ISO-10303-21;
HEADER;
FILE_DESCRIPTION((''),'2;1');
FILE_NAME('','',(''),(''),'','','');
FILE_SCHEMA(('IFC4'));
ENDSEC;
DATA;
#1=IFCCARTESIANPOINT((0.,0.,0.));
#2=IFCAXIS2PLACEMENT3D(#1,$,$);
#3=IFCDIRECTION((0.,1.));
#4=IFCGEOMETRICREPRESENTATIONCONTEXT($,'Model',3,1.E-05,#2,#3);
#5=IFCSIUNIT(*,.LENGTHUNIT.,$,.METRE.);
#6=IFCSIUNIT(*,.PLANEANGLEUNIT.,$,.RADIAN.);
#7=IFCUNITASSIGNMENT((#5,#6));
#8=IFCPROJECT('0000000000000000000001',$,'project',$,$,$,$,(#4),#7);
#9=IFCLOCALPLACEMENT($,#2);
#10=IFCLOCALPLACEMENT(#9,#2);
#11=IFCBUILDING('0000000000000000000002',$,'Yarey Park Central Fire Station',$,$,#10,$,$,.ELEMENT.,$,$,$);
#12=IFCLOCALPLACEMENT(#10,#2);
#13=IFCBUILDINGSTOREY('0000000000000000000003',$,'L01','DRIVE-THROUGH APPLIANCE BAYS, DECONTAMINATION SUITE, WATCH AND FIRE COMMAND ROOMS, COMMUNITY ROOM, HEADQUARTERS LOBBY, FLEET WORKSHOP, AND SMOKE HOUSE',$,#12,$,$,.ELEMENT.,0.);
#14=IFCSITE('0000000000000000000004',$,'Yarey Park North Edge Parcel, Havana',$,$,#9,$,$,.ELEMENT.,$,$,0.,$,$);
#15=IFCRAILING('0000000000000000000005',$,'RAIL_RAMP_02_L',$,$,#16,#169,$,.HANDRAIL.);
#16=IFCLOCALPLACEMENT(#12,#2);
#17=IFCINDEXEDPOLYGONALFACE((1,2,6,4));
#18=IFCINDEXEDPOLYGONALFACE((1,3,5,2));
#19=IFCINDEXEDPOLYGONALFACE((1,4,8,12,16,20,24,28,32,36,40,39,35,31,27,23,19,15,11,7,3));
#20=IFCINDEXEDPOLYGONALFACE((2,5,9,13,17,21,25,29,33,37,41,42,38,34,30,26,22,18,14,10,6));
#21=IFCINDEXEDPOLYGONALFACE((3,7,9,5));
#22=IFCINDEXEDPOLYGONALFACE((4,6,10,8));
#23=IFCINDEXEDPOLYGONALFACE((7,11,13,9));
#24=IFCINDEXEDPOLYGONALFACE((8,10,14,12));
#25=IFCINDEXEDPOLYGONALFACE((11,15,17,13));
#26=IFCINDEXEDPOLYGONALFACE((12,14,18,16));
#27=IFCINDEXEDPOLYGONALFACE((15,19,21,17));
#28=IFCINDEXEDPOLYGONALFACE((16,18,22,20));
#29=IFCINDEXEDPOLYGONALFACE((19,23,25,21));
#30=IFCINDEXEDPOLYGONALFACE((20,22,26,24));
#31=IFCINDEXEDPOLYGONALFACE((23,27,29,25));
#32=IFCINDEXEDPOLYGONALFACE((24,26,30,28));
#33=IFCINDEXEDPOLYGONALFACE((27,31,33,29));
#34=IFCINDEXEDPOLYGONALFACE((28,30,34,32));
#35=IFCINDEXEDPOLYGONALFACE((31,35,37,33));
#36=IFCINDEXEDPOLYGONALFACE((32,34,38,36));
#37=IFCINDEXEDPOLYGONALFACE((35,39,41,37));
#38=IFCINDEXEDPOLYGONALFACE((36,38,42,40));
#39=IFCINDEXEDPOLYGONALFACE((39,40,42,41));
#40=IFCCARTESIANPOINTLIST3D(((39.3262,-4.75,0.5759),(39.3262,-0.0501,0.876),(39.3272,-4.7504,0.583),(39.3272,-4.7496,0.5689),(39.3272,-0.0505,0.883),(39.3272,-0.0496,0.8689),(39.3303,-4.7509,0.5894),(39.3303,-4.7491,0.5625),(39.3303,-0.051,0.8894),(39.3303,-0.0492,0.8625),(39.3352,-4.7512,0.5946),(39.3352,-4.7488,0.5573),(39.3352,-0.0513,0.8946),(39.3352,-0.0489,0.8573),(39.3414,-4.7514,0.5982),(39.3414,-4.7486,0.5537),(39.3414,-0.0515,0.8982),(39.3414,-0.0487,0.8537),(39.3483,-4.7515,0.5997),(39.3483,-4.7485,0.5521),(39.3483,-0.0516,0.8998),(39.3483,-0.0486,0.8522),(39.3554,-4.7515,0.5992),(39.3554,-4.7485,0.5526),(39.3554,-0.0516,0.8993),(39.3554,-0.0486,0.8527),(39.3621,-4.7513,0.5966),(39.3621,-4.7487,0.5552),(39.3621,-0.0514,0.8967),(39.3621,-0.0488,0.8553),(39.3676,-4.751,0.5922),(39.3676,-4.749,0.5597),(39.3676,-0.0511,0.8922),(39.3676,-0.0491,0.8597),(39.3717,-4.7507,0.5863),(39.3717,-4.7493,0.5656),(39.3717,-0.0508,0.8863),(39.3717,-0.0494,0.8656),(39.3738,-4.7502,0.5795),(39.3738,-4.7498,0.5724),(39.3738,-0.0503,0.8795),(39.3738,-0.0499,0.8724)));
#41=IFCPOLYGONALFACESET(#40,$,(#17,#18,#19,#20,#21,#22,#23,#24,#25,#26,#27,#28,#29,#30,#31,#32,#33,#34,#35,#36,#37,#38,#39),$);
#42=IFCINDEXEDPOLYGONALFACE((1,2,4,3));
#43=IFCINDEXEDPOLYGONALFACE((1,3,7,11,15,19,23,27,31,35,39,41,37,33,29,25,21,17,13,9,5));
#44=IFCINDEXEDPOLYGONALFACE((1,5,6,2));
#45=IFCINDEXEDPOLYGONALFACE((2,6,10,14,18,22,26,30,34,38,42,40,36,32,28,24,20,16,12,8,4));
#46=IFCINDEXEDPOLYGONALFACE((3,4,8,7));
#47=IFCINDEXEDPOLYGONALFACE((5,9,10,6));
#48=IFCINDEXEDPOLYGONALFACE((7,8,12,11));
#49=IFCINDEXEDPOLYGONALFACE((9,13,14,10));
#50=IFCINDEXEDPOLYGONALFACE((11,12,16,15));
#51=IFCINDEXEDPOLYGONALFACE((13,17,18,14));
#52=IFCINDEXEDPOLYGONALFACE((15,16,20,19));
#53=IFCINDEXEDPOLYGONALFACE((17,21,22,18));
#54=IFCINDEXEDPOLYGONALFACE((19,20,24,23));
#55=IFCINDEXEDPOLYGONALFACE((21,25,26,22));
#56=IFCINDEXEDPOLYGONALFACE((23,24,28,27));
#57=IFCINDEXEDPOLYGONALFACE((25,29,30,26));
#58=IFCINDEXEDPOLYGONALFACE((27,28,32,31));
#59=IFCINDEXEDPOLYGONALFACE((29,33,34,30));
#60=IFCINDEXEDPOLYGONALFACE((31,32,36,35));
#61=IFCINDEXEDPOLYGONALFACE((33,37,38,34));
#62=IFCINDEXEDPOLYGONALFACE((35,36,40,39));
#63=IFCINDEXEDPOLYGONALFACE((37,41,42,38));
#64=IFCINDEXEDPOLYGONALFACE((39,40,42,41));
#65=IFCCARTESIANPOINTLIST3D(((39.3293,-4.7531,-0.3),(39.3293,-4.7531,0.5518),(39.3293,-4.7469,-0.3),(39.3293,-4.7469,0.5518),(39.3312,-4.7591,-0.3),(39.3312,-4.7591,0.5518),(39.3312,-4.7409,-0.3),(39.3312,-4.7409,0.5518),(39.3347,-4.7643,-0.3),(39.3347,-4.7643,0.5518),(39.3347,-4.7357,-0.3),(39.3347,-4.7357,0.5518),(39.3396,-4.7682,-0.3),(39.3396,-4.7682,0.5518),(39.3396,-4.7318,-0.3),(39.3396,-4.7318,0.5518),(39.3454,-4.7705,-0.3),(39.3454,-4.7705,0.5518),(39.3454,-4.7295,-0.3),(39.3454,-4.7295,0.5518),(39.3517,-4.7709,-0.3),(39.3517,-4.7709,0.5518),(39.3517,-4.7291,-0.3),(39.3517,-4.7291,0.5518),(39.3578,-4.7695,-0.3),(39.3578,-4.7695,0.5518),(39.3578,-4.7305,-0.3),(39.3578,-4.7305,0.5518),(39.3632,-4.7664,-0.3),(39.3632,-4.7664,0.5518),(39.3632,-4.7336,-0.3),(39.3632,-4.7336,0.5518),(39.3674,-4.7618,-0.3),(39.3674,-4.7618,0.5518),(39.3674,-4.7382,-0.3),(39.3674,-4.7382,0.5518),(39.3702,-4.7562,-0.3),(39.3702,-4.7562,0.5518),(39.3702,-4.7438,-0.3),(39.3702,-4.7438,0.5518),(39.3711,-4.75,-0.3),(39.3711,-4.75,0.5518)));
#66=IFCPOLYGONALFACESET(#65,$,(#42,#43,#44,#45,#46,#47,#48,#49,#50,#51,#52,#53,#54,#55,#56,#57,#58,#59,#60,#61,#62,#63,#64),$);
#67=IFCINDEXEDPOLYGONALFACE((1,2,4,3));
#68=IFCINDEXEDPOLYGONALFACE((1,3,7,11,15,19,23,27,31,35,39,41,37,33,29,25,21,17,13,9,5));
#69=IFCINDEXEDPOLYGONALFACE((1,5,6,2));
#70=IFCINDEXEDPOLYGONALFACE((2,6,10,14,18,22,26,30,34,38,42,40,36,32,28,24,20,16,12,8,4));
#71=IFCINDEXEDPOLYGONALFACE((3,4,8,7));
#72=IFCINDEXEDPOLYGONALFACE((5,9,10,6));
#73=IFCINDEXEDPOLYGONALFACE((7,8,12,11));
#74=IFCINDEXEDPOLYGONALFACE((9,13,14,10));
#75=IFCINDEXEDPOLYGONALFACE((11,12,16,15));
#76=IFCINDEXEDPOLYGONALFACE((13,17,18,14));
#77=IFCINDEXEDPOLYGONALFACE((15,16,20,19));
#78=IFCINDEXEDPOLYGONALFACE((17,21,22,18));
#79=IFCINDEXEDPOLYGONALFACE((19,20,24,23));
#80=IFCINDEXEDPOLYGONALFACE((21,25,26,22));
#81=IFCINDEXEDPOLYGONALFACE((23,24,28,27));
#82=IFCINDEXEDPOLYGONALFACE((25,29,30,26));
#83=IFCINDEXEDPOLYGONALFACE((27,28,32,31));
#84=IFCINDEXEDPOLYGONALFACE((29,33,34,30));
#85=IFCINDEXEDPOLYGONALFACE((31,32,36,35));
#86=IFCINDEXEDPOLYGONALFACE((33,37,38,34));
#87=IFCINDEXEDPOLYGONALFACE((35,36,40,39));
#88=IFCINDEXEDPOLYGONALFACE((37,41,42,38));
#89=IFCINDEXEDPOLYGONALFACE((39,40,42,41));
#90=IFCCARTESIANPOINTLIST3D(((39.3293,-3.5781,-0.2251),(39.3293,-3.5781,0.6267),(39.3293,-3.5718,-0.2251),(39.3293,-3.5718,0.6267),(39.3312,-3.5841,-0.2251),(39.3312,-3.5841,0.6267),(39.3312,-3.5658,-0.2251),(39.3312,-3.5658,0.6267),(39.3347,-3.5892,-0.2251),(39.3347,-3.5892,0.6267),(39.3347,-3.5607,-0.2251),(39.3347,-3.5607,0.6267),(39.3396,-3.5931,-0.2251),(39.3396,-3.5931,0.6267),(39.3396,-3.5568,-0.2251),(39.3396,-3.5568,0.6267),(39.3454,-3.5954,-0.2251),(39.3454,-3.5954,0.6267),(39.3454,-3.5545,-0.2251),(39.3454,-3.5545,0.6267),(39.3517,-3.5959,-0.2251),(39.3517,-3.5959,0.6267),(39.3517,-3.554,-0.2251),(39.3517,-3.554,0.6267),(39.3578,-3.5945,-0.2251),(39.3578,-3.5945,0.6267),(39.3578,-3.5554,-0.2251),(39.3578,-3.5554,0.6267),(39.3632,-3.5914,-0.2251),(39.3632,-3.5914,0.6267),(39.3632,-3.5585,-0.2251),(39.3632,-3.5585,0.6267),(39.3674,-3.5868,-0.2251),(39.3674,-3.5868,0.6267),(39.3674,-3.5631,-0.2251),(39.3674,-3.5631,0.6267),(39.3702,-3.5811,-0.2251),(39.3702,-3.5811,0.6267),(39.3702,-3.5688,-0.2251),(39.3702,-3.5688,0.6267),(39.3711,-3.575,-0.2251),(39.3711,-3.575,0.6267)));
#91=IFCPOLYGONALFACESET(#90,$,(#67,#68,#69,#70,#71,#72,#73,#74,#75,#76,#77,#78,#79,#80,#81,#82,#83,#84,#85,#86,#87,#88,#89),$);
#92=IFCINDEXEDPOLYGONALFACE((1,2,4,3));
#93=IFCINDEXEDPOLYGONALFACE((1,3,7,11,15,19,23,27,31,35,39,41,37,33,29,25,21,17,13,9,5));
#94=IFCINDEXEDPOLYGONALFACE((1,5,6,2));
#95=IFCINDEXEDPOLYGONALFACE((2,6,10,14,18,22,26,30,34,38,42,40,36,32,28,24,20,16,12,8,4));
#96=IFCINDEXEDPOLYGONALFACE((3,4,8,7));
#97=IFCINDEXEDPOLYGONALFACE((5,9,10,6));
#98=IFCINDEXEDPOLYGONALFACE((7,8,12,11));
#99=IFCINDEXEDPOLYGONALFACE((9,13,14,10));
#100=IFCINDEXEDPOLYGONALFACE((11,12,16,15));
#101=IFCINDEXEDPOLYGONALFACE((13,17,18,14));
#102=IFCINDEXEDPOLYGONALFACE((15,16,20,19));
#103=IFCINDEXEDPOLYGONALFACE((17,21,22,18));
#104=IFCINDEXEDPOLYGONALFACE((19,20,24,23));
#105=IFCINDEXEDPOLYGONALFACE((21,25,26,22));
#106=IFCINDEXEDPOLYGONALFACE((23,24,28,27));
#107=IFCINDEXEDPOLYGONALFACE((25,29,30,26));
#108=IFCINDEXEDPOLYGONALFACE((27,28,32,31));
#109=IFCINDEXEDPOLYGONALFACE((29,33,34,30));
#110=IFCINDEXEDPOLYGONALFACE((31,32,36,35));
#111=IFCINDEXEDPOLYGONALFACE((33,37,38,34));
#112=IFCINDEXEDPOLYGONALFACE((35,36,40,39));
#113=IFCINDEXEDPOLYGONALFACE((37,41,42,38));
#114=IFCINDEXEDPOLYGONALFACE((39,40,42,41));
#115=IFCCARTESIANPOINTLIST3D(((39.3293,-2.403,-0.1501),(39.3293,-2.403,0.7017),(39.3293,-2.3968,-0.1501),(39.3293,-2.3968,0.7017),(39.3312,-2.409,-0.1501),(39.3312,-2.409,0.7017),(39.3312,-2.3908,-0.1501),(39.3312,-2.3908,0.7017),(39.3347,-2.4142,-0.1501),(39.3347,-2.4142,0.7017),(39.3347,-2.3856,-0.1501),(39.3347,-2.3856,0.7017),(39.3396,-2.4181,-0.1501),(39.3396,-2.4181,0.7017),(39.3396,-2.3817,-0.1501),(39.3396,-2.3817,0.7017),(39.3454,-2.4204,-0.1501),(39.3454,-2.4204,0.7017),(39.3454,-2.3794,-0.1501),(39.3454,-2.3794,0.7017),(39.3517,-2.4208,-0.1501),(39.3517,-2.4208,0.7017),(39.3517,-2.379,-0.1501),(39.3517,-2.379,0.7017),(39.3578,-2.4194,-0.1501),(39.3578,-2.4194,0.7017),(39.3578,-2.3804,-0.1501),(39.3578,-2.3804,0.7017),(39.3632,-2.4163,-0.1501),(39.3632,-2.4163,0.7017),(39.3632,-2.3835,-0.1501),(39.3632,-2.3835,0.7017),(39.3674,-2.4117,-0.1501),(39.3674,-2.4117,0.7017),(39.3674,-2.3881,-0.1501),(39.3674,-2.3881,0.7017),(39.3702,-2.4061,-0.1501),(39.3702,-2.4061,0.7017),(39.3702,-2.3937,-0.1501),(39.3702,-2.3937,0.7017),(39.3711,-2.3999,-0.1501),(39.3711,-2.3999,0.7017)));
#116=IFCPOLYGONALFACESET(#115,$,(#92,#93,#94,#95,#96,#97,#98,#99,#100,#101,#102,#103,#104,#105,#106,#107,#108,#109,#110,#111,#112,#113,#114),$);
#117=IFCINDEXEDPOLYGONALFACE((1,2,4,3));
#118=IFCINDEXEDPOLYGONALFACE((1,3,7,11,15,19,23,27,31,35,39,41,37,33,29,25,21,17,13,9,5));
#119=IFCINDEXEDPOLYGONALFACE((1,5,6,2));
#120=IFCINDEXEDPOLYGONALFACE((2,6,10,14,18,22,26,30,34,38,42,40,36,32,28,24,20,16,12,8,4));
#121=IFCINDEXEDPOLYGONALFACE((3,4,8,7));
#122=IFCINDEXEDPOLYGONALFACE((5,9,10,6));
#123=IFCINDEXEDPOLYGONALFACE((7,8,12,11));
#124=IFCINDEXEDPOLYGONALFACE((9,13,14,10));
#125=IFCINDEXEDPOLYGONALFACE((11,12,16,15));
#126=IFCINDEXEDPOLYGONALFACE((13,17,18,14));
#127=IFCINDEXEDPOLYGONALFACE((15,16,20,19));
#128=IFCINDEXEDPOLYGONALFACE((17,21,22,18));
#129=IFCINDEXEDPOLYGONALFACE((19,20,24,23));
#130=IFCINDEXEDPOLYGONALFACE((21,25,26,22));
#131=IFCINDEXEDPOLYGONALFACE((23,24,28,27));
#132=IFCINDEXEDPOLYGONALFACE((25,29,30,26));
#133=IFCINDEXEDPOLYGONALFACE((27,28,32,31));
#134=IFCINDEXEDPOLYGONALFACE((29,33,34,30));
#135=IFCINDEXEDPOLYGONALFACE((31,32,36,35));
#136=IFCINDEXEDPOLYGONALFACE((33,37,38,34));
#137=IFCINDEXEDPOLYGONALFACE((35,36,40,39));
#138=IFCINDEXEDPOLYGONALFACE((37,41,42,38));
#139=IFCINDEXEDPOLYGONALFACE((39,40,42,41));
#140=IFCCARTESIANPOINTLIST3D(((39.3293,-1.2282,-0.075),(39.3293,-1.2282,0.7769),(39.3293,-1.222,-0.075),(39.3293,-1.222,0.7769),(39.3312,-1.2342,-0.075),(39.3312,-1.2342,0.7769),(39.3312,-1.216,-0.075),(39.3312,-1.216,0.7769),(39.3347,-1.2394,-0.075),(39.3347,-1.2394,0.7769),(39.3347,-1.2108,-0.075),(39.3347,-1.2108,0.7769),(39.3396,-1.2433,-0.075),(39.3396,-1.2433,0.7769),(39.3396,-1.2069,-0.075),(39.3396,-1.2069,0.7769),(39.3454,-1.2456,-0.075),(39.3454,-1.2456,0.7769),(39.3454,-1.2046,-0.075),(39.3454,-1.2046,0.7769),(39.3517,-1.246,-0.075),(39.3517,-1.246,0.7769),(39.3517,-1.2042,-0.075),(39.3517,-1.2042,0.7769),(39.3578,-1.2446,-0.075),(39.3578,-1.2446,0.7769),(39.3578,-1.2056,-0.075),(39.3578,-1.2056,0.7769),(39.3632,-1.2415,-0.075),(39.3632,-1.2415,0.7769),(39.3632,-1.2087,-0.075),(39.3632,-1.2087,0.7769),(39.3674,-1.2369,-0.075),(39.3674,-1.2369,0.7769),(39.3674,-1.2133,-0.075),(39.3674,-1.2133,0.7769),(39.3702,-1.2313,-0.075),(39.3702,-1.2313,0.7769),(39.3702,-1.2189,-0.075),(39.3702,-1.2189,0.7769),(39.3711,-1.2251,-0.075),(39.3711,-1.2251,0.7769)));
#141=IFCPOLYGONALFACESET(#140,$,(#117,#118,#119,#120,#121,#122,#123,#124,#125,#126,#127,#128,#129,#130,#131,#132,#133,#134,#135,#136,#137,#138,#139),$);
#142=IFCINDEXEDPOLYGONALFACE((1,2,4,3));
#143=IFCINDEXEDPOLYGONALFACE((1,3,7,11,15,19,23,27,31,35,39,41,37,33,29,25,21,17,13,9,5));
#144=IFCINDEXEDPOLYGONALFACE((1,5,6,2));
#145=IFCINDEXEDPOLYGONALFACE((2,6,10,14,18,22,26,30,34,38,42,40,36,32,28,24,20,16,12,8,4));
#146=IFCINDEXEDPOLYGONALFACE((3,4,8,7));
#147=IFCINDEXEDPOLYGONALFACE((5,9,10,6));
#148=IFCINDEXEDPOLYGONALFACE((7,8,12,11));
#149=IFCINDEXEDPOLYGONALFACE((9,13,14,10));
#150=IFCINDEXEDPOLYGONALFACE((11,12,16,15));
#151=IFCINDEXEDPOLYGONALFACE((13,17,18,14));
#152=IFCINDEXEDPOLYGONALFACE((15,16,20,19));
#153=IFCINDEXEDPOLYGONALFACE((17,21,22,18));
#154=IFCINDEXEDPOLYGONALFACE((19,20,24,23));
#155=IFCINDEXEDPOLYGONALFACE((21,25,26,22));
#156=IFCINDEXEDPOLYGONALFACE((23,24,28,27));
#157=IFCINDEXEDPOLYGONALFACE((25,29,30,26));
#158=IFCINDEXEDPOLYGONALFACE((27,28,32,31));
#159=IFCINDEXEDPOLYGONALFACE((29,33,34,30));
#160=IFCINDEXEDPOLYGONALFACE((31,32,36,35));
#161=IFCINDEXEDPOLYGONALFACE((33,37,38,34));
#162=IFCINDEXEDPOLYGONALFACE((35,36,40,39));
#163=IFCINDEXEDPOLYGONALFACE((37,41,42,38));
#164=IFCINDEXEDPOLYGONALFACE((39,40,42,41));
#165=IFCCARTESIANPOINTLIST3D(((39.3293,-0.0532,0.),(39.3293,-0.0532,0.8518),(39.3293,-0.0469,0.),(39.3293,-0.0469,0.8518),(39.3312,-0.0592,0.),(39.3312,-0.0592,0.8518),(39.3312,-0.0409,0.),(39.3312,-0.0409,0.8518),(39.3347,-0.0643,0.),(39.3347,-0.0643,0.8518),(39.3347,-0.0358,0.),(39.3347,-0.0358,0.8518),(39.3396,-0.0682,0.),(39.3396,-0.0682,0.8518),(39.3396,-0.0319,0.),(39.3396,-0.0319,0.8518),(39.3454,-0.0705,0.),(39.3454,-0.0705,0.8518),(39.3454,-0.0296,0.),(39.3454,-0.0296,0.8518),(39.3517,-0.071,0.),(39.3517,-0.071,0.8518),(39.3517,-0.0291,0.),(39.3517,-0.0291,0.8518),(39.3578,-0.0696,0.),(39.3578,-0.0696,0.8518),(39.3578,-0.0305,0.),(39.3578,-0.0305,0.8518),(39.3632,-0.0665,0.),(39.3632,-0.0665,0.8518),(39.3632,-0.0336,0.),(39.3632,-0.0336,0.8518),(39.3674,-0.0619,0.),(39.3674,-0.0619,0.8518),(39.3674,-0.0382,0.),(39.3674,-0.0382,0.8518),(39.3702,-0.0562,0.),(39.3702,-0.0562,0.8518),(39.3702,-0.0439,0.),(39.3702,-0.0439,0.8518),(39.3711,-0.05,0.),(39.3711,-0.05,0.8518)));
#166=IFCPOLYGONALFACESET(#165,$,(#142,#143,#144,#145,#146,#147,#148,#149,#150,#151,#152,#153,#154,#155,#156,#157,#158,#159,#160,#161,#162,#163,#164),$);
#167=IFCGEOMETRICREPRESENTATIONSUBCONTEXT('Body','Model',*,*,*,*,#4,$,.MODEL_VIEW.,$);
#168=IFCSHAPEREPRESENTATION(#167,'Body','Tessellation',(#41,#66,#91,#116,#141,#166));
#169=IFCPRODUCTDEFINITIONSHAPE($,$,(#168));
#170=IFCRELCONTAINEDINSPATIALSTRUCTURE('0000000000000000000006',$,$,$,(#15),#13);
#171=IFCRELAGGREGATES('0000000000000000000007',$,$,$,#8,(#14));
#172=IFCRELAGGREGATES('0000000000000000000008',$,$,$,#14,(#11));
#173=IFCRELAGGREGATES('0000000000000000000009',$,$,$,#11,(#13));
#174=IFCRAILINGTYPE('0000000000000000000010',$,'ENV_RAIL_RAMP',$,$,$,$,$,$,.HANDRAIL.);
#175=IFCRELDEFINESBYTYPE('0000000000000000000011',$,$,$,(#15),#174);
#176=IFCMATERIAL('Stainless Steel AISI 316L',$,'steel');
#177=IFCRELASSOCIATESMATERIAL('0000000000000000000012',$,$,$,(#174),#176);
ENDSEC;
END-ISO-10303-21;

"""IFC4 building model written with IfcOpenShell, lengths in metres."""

from ifc_helpers import new_model, si_unit, direction, frame, origin, origin_2d, place, context, subcontext, project, spatial, circle, extrude, material, type_object, element, save


model = new_model("IFC4")

# Units and contexts
model_context = context("Model", 3, precision=1e-05, world=origin(), true_north=direction((0.0, 1.0)))
body_context = subcontext(model_context, "Body", "Model", "MODEL_VIEW")
ifc_project = project(units=[si_unit("LENGTHUNIT", "METRE"), si_unit("PLANEANGLEUNIT", "RADIAN")], contexts=[model_context])

# Site, building, storey
site_placement = place(None, origin())
site = spatial("IfcSite", under=ifc_project, at=site_placement, Name="Yarey Park North Edge Parcel, Havana", CompositionType="ELEMENT", RefElevation=0.0)
building_placement = place(site_placement, origin())
building = spatial("IfcBuilding", under=site, at=building_placement, Name="Yarey Park Central Fire Station", CompositionType="ELEMENT")
storey_placement = place(building_placement, origin())
storey = spatial("IfcBuildingStorey", under=building, at=storey_placement, Name="L01", Description="DRIVE-THROUGH APPLIANCE BAYS, DECONTAMINATION SUITE, WATCH AND FIRE COMMAND ROOMS, COMMUNITY ROOM, HEADQUARTERS LOBBY, FLEET WORKSHOP, AND SMOKE HOUSE", CompositionType="ELEMENT", Elevation=0.0)

# Railing
ifc_material_1 = material(Name="Stainless Steel AISI 316L", Category="steel")
railing_type = type_object("IfcRailingType", Name="ENV_RAIL_RAMP", PredefinedType="HANDRAIL", material=ifc_material_1)
for number, where, name in (
    (1, (39.3501, -4.75, -0.3), "RAIL_RAMP_02_L"),
):
    element("IfcRailing", number, at=place(storey_placement, frame(where)), inside=storey, type_object=railing_type, Name=name, PredefinedType="HANDRAIL", context=body_context, shape_type="SweptSolid", body=[
        extrude(circle(Radius=0.0239, at=origin_2d()), frame((0.0, 0.0, 0.876), z_axis=(0.0, 0.997968, 0.063711), x_axis=(-1.0, 0.0, 0.0)), (0.0, 0.0, 1.0), 4.7095),
        extrude(circle(Radius=0.021, at=origin_2d()), origin(), (0.0, 0.0, 1.0), 0.8518),
        extrude(circle(Radius=0.021, at=origin_2d()), frame((0.0, 1.175, 0.075)), (0.0, 0.0, 1.0), 0.8518),
        extrude(circle(Radius=0.021, at=origin_2d()), frame((0.0, 2.3501, 0.1499)), (0.0, 0.0, 1.0), 0.8518),
        extrude(circle(Radius=0.021, at=origin_2d()), frame((0.0, 3.5249, 0.2251)), (0.0, 0.0, 1.0), 0.8518),
        extrude(circle(Radius=0.021, at=origin_2d()), frame((0.0, 4.7, 0.3)), (0.0, 0.0, 1.0), 0.8518),
    ])

save(model, "model.ifc")
